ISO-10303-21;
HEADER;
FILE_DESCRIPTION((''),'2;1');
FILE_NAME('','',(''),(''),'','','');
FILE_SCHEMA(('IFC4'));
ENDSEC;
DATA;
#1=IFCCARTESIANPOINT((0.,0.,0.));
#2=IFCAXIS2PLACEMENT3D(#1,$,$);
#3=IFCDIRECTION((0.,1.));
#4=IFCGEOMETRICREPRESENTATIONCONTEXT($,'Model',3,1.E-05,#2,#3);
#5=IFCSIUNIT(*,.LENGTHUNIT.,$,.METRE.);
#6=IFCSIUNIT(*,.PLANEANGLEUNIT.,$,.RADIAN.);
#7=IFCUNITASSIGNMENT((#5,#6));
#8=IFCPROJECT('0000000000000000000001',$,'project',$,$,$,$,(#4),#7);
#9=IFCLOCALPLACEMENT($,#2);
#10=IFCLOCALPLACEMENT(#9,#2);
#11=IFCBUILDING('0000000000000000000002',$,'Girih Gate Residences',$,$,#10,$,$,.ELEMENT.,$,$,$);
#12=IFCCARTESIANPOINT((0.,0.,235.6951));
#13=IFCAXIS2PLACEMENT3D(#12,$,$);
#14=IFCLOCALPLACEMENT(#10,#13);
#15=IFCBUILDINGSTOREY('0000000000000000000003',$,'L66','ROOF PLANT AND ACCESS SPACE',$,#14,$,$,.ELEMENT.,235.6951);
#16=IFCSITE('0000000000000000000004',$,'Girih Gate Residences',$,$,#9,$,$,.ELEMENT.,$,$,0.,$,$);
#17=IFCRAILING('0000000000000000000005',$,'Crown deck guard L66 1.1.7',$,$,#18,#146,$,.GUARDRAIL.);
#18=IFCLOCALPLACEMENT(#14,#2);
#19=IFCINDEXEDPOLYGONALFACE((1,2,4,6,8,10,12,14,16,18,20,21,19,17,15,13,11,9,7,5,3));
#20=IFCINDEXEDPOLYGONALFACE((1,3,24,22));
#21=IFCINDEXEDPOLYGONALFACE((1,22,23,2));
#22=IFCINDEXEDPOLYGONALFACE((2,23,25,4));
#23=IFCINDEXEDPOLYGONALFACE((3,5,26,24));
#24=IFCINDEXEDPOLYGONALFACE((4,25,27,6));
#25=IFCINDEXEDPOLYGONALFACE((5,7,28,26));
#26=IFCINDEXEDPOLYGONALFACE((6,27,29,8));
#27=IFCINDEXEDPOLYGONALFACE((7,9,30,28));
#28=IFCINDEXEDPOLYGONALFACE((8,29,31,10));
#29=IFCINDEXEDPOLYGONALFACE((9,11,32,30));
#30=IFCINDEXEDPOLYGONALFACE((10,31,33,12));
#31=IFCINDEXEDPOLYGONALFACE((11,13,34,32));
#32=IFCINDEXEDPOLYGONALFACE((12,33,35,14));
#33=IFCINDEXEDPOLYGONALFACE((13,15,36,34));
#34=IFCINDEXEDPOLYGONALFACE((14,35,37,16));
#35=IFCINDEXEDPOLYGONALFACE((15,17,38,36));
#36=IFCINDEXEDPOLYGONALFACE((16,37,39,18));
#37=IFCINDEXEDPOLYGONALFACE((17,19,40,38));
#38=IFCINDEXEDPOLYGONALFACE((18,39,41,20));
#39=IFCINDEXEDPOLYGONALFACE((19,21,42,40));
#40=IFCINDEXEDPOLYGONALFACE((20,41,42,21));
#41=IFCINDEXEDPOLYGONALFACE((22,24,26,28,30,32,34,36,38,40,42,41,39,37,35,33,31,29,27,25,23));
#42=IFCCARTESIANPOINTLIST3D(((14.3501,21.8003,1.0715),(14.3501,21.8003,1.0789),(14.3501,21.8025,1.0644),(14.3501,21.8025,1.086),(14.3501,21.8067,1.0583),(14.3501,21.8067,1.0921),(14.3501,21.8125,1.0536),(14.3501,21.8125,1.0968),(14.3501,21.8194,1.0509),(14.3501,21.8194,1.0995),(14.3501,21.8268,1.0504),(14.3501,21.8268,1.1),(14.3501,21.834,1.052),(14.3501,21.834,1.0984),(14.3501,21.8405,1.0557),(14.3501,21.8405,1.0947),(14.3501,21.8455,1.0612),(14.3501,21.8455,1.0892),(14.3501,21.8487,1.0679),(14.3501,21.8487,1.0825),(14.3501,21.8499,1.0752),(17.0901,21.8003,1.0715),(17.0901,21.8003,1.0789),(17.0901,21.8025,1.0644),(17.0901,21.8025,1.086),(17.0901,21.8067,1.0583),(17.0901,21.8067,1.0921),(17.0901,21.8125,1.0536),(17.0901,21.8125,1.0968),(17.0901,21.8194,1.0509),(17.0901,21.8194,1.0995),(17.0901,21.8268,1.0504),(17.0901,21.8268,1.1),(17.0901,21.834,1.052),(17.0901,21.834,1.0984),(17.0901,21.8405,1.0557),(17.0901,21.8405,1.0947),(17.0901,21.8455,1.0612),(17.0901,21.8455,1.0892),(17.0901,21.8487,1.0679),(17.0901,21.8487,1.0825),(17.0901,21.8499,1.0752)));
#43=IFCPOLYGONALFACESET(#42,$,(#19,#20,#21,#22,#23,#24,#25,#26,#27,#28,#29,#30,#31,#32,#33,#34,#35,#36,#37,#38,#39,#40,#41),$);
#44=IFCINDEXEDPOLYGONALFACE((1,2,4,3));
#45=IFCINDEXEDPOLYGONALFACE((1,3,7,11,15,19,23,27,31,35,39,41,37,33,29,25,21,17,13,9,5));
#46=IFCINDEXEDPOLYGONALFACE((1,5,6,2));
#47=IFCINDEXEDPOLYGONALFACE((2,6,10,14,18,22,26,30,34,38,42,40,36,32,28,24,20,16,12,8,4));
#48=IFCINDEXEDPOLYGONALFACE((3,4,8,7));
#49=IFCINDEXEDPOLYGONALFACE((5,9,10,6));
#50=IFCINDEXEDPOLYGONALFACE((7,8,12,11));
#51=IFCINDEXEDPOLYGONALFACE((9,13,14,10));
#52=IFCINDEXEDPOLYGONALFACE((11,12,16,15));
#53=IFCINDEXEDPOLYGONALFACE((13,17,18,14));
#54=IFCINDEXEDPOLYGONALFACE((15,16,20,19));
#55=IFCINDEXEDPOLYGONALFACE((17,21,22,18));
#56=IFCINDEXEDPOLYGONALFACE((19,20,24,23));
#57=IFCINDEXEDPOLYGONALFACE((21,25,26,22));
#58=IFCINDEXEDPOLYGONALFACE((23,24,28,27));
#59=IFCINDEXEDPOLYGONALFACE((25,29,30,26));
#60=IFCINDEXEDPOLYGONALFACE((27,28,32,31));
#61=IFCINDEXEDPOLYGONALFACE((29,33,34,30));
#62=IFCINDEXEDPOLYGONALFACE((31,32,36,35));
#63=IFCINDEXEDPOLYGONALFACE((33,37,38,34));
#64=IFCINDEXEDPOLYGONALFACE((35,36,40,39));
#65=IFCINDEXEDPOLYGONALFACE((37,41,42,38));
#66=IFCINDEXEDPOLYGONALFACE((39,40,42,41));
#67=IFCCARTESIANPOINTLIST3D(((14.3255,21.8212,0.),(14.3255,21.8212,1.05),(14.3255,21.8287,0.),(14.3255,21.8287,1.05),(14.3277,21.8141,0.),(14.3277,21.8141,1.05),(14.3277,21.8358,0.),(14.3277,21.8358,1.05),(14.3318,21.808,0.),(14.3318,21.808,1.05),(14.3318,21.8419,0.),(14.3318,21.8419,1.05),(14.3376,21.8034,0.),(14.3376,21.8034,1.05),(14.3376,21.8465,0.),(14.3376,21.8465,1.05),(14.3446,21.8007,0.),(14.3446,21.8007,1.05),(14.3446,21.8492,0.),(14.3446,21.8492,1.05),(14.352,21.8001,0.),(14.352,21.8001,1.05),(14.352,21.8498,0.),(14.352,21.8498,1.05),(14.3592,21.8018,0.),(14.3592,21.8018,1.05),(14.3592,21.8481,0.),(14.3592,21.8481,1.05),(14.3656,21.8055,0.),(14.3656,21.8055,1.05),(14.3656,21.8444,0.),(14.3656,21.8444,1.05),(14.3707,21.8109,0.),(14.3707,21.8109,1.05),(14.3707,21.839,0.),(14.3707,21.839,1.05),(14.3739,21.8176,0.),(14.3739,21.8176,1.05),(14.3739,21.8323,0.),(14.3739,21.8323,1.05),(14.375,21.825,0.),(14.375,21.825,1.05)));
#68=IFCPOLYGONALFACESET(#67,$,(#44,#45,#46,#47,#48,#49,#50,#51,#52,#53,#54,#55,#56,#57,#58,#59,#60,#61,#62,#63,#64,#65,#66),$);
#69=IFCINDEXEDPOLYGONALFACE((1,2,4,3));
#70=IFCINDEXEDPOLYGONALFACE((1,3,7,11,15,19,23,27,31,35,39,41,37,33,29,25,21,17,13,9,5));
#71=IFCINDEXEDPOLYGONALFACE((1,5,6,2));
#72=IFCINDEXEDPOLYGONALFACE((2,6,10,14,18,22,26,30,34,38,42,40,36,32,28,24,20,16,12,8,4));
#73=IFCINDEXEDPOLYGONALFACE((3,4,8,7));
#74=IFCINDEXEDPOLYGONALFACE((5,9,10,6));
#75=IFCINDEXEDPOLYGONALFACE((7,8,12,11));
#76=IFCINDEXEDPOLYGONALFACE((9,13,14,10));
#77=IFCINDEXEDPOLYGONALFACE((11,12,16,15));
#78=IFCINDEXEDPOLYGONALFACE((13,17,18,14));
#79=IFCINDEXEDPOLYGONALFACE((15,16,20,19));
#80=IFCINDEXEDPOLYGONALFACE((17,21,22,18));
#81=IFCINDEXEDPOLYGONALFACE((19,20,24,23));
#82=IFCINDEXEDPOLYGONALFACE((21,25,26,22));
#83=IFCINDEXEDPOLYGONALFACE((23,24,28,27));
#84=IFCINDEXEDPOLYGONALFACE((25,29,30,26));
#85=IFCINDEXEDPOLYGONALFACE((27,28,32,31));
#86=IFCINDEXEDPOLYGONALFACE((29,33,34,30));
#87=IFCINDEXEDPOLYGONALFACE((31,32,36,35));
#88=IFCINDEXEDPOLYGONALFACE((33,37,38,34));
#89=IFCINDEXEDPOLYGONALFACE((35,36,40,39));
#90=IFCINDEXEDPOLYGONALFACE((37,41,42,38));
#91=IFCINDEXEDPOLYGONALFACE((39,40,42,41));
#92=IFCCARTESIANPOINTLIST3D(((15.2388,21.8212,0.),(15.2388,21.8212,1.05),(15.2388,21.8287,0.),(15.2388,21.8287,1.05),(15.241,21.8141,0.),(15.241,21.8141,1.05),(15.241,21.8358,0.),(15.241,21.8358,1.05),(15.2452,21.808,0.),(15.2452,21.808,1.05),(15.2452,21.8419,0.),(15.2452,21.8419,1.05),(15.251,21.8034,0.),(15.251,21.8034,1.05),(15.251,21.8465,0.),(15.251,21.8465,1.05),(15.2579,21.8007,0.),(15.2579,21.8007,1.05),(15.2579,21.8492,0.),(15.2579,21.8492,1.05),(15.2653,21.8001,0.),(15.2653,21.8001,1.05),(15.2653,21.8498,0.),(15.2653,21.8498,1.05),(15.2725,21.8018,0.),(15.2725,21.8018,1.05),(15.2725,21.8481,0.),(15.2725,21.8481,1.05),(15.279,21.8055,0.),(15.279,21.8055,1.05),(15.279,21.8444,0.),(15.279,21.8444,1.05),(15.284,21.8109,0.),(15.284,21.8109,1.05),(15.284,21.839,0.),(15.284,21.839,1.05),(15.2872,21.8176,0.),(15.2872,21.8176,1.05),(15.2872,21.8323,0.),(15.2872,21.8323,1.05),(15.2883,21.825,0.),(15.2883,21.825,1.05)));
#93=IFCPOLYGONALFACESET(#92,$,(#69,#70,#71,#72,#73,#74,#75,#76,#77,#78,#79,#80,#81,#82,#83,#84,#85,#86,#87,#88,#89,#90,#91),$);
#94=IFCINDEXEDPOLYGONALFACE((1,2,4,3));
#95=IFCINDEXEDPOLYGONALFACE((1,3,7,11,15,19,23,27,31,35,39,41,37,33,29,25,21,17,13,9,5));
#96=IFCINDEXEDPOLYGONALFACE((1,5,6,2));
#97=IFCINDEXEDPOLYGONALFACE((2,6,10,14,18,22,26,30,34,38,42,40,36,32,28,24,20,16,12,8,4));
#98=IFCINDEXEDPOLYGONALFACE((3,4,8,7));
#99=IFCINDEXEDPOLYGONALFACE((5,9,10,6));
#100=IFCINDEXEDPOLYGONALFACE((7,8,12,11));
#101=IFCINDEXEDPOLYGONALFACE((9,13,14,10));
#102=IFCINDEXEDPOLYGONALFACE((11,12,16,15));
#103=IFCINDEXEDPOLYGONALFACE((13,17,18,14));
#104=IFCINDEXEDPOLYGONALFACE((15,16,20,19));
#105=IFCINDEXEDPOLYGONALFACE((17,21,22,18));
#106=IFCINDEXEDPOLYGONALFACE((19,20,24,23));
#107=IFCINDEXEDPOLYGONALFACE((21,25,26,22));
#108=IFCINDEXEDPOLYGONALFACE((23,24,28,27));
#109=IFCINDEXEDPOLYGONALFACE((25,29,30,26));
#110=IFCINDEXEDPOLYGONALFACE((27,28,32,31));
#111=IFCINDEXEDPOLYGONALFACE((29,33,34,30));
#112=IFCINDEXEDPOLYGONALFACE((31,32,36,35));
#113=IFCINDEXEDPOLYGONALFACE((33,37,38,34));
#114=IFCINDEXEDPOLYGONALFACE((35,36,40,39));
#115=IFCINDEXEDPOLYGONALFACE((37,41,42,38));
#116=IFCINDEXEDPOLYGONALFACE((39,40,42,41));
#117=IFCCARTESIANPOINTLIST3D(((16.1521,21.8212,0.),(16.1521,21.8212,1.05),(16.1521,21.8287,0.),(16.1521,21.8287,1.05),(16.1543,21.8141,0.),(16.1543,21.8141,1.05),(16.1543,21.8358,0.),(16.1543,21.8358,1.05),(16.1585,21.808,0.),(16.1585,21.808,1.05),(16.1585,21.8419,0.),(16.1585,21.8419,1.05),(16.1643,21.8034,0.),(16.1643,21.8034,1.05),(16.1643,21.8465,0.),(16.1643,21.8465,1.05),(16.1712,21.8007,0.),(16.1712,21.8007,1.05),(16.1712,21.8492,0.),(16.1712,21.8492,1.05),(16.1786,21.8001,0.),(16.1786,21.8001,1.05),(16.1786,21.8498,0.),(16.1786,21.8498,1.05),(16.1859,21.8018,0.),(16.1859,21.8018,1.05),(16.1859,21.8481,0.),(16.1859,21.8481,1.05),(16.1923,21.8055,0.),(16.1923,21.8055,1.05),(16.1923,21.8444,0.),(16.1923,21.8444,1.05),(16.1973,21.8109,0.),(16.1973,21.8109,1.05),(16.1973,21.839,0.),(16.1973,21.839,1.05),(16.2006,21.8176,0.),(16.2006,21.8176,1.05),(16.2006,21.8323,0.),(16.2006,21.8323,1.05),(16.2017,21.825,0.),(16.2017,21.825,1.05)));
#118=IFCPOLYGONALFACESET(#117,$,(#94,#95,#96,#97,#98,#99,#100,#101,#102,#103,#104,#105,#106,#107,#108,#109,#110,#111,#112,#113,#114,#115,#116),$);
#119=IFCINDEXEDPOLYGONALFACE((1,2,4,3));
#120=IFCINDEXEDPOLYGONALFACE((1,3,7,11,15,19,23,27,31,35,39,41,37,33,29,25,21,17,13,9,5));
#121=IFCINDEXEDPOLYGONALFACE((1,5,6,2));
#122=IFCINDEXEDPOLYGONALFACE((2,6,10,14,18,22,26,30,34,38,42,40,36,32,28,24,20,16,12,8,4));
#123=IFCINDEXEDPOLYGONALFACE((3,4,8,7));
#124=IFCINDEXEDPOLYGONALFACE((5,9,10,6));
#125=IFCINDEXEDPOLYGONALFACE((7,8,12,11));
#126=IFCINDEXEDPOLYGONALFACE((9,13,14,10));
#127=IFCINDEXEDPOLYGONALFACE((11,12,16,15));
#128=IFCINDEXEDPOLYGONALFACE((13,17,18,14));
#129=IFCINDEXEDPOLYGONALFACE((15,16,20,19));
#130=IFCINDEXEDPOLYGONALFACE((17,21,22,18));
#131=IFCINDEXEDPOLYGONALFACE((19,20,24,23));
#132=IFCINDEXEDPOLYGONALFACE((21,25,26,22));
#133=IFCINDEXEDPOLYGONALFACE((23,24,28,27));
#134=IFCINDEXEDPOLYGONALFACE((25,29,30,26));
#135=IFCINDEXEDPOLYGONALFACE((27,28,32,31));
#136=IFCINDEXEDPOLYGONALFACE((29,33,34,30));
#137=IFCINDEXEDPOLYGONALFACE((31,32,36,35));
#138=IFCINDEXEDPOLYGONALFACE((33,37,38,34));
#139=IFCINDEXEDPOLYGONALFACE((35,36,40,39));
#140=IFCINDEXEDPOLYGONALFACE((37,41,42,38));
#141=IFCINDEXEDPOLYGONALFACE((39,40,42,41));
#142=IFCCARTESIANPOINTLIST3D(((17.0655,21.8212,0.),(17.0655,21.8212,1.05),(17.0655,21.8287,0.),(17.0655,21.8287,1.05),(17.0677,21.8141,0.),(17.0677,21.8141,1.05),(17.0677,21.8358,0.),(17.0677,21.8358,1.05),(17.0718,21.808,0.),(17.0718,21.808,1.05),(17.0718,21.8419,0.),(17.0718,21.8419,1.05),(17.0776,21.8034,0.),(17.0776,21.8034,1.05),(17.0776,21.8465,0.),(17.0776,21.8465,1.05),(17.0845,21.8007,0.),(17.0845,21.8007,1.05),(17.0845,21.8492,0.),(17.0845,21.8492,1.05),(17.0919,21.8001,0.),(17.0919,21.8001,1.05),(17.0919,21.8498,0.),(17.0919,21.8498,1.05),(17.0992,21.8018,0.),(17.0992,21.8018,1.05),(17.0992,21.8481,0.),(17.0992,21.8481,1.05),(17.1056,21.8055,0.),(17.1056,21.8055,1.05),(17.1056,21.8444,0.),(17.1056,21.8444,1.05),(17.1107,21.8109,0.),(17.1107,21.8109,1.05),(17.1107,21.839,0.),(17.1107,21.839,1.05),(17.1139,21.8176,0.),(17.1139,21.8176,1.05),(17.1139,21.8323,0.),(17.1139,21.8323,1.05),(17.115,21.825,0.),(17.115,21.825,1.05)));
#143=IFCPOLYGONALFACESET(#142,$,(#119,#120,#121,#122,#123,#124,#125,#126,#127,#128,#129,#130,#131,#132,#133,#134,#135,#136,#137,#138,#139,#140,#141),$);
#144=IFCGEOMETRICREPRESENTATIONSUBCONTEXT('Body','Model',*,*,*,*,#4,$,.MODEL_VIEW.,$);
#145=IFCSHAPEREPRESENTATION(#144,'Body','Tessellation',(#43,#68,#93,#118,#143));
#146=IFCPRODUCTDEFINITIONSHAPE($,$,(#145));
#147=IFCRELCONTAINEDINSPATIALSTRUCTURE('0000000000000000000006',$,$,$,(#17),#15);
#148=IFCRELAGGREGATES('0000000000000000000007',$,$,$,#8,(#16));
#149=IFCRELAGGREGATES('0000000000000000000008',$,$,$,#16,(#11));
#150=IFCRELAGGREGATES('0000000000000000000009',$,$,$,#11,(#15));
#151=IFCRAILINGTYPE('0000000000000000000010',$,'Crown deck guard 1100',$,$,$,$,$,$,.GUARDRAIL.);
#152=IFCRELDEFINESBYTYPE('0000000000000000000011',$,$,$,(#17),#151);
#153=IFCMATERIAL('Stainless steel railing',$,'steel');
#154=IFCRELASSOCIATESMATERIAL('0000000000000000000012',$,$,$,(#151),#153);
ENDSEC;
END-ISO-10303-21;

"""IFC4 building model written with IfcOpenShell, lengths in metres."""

from ifc_helpers import new_model, si_unit, direction, frame, origin, origin_2d, place, context, subcontext, project, spatial, circle, extrude, material, type_object, element, save


model = new_model("IFC4")

# Units and contexts
model_context = context("Model", 3, precision=1e-05, world=origin(), true_north=direction((0.0, 1.0)))
body_context = subcontext(model_context, "Body", "Model", "MODEL_VIEW")
ifc_project = project(units=[si_unit("LENGTHUNIT", "METRE"), si_unit("PLANEANGLEUNIT", "RADIAN")], contexts=[model_context])

# Site, building, storey
site_placement = place(None, origin())
site = spatial("IfcSite", under=ifc_project, at=site_placement, Name="Girih Gate Residences", CompositionType="ELEMENT", RefElevation=0.0)
building_placement = place(site_placement, origin())
building = spatial("IfcBuilding", under=site, at=building_placement, Name="Girih Gate Residences", CompositionType="ELEMENT")
storey_placement = place(building_placement, frame((0.0, 0.0, 235.6951)))
storey = spatial("IfcBuildingStorey", under=building, at=storey_placement, Name="L66", Description="ROOF PLANT AND ACCESS SPACE", CompositionType="ELEMENT", Elevation=235.6951)

# Railing
ifc_material_1 = material(Name="Stainless steel railing", Category="steel")
railing_type = type_object("IfcRailingType", Name="Crown deck guard 1100", PredefinedType="GUARDRAIL", material=ifc_material_1)
railing_1_placement = place(storey_placement, frame((14.3501, 21.825, 0.0)))
element("IfcRailing", 1, at=railing_1_placement, inside=storey, type_object=railing_type, Name="Crown deck guard L66 1.1.7", PredefinedType="GUARDRAIL", context=body_context, shape_type="SweptSolid", body=[
    extrude(circle(Radius=0.0249, at=origin_2d()), frame((0.0, 0.0, 1.0752), z_axis=(1.0, 0.0, 0.0), x_axis=(0.0, 1.0, 0.0)), (0.0, 0.0, 1.0), 2.74),
    extrude(circle(Radius=0.0249, at=origin_2d()), origin(), (0.0, 0.0, 1.0), 1.05),
    extrude(circle(Radius=0.0249, at=origin_2d()), frame((0.9133, 0.0, 0.0)), (0.0, 0.0, 1.0), 1.05),
    extrude(circle(Radius=0.0249, at=origin_2d()), frame((1.8267, 0.0, 0.0)), (0.0, 0.0, 1.0), 1.05),
    extrude(circle(Radius=0.0249, at=origin_2d()), frame((2.74, 0.0, 0.0)), (0.0, 0.0, 1.0), 1.05),
])

save(model, "model.ifc")
